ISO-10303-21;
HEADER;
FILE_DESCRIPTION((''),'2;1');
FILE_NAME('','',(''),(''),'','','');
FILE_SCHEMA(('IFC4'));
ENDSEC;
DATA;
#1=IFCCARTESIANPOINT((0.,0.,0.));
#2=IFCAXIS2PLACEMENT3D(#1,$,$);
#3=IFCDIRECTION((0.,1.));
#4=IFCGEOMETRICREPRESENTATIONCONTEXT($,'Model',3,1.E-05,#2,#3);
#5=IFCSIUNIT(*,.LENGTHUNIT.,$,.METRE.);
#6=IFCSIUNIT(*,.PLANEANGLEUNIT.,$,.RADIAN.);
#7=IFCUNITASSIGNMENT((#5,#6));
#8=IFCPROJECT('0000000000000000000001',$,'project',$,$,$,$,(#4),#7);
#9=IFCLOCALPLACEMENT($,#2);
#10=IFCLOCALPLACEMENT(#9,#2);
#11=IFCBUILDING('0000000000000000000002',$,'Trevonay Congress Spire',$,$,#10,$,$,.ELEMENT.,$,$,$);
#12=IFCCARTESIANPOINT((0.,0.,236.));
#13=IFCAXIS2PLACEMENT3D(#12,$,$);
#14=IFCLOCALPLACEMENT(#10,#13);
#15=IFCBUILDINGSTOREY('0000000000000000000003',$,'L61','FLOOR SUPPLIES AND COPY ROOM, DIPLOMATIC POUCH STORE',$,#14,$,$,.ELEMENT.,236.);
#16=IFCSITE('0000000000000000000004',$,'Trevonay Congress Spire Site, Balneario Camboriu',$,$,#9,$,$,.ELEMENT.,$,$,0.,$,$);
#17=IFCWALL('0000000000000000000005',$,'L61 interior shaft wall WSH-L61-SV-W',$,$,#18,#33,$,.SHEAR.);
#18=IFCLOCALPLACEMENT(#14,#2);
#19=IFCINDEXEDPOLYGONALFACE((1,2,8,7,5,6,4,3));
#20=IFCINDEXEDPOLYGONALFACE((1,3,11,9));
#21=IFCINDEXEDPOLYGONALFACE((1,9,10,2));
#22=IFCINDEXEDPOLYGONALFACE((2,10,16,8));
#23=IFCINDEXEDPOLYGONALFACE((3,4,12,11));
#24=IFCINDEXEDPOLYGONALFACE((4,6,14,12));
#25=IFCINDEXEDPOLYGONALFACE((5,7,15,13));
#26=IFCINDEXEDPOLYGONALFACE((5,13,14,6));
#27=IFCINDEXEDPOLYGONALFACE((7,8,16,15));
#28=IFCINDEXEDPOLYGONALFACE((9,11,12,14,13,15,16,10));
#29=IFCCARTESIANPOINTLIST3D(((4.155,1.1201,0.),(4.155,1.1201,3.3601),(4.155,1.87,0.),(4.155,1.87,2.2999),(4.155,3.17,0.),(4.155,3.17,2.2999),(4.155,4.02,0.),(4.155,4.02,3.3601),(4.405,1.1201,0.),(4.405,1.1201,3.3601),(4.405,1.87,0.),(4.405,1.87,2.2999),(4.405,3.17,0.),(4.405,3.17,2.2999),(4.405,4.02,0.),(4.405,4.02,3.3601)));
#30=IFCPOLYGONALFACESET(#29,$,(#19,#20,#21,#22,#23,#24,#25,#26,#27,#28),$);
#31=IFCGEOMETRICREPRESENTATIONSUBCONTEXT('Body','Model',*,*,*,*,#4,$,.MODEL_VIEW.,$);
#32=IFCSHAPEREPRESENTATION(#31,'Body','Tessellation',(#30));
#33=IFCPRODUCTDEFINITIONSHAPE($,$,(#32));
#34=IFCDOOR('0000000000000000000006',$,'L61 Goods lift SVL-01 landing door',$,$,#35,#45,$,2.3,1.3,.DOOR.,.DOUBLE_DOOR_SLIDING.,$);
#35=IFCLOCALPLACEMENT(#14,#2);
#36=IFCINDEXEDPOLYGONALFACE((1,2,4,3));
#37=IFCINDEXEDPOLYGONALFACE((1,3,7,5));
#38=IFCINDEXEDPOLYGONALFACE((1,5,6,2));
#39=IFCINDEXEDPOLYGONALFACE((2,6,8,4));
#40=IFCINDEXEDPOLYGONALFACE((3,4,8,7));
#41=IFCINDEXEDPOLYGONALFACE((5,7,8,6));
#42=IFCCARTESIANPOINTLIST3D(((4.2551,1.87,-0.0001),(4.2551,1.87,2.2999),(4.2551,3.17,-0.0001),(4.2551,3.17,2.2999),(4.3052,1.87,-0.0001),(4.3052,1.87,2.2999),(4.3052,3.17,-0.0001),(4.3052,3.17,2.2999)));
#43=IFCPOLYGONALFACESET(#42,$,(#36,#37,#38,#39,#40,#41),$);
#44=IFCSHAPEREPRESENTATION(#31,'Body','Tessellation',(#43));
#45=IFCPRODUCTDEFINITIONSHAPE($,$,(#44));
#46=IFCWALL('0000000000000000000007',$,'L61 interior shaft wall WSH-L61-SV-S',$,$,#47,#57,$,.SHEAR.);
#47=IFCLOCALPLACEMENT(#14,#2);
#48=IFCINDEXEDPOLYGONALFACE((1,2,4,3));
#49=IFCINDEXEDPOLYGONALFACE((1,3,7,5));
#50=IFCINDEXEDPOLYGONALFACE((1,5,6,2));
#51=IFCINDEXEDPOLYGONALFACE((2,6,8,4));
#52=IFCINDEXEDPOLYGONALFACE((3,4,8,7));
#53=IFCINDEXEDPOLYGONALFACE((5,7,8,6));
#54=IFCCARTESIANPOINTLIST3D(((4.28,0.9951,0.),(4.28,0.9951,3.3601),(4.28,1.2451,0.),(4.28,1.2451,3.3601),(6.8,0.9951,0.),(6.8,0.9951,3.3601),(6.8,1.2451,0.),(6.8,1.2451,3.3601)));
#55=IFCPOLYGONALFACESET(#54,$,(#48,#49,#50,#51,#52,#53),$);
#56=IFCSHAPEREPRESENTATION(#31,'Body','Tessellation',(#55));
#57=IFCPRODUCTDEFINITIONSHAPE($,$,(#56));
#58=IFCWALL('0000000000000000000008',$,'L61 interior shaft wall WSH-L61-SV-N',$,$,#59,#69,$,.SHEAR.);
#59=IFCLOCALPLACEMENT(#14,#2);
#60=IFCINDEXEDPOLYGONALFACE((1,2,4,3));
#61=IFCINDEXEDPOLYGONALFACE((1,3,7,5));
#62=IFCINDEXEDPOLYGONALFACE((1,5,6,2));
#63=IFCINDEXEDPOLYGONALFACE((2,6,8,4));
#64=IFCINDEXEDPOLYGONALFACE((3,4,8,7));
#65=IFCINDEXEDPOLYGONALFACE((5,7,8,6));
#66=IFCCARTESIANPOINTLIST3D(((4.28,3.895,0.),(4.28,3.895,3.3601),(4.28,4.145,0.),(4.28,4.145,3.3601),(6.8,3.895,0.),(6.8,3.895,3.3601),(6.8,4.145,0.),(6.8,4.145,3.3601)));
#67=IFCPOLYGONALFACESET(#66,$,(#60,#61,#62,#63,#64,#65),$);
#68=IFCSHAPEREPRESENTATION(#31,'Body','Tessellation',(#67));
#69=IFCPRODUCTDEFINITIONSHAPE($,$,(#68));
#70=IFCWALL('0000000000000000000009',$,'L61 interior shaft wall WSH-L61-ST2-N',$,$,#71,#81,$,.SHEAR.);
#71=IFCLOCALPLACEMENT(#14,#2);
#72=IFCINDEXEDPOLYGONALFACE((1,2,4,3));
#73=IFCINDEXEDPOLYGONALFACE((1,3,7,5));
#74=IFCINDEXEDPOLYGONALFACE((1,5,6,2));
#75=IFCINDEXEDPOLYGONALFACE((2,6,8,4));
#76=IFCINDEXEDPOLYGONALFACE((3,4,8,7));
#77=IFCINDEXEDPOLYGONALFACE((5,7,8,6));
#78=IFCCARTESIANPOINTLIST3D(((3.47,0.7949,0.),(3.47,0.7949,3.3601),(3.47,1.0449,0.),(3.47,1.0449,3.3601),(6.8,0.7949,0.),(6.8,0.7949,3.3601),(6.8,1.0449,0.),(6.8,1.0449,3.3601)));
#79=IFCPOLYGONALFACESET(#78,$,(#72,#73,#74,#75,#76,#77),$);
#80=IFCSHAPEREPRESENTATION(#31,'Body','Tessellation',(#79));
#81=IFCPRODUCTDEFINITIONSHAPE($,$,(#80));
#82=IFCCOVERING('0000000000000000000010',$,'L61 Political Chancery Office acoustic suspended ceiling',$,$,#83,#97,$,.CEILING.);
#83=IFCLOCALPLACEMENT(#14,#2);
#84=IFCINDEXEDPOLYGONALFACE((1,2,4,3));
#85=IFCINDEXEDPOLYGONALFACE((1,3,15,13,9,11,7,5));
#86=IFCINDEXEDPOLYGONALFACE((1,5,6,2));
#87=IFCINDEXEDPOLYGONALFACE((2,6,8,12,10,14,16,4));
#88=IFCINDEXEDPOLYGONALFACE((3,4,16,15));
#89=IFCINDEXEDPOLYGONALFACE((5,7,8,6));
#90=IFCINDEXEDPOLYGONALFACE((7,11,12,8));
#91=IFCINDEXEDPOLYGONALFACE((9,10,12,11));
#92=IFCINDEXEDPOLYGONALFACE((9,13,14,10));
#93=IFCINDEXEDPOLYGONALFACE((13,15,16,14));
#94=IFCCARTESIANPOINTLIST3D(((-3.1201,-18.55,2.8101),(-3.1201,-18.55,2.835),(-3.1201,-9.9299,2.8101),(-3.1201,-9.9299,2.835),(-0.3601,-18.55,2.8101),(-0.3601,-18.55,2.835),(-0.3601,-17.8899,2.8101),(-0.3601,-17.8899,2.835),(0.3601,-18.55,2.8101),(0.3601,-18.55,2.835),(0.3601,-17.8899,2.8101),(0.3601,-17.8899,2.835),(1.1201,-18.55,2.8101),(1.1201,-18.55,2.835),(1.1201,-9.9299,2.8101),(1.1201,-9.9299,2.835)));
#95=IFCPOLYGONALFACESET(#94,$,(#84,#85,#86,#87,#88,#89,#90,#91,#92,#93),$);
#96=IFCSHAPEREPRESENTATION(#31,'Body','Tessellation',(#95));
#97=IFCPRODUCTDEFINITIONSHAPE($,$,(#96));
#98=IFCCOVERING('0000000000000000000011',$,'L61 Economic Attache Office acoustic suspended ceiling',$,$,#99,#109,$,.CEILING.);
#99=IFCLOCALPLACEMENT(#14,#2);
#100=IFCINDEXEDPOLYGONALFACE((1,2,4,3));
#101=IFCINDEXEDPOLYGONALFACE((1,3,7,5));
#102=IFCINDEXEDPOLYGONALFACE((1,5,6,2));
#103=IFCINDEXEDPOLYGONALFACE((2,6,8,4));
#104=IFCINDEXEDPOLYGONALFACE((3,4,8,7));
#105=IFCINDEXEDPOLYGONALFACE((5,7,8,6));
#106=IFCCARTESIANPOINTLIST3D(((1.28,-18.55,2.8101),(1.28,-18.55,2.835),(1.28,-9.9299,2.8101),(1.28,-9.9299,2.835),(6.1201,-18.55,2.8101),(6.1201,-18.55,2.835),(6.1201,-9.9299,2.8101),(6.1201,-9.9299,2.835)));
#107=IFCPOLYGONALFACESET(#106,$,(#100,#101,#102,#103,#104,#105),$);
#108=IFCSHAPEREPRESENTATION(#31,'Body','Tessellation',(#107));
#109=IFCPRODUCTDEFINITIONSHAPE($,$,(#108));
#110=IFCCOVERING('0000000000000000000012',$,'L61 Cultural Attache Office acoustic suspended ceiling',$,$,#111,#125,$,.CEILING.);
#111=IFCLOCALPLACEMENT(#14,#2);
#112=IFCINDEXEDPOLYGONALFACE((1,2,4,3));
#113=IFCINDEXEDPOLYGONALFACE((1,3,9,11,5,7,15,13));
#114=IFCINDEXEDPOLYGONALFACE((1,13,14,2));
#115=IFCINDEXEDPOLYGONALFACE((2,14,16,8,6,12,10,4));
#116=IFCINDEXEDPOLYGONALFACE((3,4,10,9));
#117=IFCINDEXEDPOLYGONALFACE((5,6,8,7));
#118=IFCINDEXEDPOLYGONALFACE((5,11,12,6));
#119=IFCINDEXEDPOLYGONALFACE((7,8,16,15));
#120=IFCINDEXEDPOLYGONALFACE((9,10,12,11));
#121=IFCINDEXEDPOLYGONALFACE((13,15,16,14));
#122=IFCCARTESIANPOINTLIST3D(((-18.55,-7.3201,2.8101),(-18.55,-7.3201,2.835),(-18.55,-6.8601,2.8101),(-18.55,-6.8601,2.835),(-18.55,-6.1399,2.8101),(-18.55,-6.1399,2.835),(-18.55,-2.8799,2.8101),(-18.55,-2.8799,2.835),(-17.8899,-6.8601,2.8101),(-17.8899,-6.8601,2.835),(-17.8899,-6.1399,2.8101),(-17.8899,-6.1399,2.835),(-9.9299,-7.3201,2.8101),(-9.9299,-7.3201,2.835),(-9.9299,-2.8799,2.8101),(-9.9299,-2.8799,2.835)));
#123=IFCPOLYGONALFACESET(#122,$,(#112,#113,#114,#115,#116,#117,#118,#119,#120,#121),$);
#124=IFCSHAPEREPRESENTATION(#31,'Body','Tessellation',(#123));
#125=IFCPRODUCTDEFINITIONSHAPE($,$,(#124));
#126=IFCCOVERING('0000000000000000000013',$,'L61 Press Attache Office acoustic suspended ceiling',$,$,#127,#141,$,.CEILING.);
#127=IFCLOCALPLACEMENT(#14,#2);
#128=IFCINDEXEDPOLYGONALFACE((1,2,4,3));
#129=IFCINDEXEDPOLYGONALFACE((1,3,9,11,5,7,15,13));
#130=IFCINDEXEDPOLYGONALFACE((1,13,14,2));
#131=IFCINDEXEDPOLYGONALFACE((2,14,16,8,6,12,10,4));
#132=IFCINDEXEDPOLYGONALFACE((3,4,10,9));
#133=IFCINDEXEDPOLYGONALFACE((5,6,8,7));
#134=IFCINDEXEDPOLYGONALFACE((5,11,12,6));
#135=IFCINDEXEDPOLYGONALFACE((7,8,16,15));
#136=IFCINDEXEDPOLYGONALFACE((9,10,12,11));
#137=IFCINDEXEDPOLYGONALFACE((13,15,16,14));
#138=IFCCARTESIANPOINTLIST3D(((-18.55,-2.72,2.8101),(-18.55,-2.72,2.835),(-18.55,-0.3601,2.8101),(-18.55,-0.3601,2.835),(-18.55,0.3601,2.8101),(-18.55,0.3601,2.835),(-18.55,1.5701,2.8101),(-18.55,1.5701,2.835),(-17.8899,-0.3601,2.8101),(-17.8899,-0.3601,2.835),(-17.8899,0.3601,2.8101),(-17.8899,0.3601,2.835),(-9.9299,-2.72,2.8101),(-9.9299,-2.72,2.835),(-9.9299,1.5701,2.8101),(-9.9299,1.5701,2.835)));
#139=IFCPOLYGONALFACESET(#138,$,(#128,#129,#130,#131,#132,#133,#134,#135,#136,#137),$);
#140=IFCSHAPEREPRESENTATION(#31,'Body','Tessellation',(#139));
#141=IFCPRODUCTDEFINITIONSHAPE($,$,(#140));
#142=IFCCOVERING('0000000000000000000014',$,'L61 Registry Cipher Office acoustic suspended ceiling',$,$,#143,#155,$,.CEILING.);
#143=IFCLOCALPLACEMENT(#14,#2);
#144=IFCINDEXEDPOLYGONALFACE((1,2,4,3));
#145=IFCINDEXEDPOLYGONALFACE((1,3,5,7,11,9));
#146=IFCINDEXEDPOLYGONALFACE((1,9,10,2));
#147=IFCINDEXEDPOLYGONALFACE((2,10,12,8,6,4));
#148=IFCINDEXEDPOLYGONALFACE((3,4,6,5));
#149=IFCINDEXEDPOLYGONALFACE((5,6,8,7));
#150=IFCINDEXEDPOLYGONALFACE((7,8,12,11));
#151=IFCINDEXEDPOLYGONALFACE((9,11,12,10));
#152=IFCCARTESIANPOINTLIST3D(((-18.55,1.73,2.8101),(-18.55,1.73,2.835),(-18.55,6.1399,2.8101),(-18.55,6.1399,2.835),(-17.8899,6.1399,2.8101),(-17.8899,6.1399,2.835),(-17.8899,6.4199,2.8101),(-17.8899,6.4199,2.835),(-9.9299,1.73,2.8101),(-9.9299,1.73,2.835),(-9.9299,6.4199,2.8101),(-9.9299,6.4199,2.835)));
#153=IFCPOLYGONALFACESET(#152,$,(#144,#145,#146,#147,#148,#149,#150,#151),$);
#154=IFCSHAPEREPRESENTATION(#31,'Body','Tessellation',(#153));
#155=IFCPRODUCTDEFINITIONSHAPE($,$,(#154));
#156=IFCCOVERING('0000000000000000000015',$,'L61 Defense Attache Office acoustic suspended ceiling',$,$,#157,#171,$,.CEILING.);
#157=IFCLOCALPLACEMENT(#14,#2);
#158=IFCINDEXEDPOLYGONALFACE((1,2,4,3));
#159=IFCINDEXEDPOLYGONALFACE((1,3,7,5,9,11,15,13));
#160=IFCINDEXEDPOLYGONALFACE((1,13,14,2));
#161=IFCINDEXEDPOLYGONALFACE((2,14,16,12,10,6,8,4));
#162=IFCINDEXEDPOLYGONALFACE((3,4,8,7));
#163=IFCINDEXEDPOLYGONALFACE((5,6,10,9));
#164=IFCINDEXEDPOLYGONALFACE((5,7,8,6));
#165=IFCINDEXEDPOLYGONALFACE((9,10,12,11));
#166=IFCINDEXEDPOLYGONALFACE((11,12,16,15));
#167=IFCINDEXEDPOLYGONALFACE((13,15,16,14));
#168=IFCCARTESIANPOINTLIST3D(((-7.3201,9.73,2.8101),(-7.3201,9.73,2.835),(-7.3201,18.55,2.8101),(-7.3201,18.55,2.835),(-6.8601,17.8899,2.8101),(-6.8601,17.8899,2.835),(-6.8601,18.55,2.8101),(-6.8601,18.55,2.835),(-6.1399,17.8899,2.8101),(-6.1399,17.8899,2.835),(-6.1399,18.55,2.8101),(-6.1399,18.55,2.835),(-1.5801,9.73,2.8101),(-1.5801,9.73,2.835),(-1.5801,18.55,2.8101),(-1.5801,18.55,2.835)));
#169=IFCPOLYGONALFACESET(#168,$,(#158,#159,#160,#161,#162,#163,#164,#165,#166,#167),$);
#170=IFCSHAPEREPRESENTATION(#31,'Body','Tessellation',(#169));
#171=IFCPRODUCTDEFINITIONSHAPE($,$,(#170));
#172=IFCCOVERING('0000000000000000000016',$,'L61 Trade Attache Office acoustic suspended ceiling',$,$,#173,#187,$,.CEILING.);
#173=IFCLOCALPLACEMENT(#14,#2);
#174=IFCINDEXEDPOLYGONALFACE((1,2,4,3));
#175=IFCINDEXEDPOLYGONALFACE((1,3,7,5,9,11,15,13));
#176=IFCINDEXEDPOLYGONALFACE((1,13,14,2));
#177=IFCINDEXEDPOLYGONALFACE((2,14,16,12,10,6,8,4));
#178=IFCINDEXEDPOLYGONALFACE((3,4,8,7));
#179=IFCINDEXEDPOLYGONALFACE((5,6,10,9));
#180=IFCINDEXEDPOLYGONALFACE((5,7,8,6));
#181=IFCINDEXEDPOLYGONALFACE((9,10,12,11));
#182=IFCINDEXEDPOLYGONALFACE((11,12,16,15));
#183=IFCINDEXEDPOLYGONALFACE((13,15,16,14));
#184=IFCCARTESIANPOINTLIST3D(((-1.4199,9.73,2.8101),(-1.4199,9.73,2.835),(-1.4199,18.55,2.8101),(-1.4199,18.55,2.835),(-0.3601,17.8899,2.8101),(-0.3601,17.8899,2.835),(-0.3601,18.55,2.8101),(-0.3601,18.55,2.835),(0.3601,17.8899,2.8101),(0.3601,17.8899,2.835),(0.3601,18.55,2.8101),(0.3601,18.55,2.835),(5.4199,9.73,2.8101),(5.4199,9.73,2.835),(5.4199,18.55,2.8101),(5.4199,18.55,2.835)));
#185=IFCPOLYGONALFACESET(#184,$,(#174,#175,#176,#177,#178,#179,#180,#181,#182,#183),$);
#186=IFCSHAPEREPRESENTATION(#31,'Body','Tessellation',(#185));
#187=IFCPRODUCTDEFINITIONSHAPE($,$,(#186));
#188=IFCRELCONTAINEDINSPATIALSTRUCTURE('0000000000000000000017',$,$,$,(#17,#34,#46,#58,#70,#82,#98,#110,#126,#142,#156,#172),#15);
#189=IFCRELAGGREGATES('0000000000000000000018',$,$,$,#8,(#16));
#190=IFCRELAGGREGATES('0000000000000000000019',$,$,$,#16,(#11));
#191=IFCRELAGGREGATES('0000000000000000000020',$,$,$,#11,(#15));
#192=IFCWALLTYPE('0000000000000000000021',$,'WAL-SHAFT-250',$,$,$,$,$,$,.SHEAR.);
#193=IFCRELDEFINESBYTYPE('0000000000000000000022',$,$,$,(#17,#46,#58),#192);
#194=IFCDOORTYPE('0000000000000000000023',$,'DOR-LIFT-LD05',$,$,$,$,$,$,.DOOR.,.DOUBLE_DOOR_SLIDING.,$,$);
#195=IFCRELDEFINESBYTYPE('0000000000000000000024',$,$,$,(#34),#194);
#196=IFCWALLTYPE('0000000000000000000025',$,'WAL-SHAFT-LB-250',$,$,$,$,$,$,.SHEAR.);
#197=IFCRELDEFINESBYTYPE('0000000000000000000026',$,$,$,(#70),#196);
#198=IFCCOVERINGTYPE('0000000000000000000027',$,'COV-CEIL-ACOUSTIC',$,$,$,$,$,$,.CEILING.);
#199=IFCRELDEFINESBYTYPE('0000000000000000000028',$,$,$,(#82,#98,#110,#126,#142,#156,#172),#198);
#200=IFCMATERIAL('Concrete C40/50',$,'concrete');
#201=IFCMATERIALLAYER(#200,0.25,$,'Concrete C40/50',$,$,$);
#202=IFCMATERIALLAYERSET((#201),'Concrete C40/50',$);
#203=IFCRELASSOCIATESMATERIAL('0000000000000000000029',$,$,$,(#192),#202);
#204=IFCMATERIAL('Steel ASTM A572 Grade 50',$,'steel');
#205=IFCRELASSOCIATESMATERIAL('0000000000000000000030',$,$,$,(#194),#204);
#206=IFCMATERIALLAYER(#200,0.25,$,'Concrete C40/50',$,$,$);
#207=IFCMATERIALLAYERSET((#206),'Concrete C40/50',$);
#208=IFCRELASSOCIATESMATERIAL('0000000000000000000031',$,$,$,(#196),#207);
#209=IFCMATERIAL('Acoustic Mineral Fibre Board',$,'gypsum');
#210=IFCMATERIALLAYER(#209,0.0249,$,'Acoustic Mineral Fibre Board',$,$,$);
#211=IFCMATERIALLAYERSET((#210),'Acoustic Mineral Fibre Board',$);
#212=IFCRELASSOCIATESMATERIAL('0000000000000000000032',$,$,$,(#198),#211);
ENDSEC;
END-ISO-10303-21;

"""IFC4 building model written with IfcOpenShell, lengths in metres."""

from ifc_helpers import new_model, si_unit, direction, frame, frame_2d, origin, place, context, subcontext, project, spatial, polyline, rectangle, outline, extrude, material, layer, layer_set, type_object, element, fill, save


model = new_model("IFC4")

# Units and contexts
model_context = context("Model", 3, precision=1e-05, world=origin(), true_north=direction((0.0, 1.0)))
body_context = subcontext(model_context, "Body", "Model", "MODEL_VIEW")
ifc_project = project(units=[si_unit("LENGTHUNIT", "METRE"), si_unit("PLANEANGLEUNIT", "RADIAN")], contexts=[model_context])

# Site, building, storey
site_placement = place(None, origin())
site = spatial("IfcSite", under=ifc_project, at=site_placement, Name="Trevonay Congress Spire Site, Balneario Camboriu", CompositionType="ELEMENT", RefElevation=0.0)
building_placement = place(site_placement, origin())
building = spatial("IfcBuilding", under=site, at=building_placement, Name="Trevonay Congress Spire", CompositionType="ELEMENT")
storey_placement = place(building_placement, frame((0.0, 0.0, 236.0)))
storey = spatial("IfcBuildingStorey", under=building, at=storey_placement, Name="L61", Description="FLOOR SUPPLIES AND COPY ROOM, DIPLOMATIC POUCH STORE", CompositionType="ELEMENT", Elevation=236.0)

# Shared definitions
ifc_material_1 = material(Name="Steel ASTM A572 Grade 50", Category="steel")

# Shared definitions
ifc_material_2 = material(Name="Concrete C40/50", Category="concrete")
ifc_layer_1 = layer(ifc_material_2, 0.25, Name="Concrete C40/50")
ifc_layer_set_1 = layer_set([ifc_layer_1], Name="Concrete C40/50")
wall_type_1 = type_object("IfcWallType", Name="WAL-SHAFT-250", PredefinedType="SHEAR", material=ifc_layer_set_1)

# Wall, opening, door
wall_1_placement = place(storey_placement, frame((4.28, 1.1201, 0.0), z_axis=(0.0, 0.0, 1.0), x_axis=(0.0, 1.0, 0.0)))
wall_1 = element("IfcWall", 1, at=wall_1_placement, inside=storey, type_object=wall_type_1, Name="L61 interior shaft wall WSH-L61-SV-W", PredefinedType="SHEAR", context=body_context, shape_type="SweptSolid", body=[
    extrude(rectangle(XDim=2.8999, YDim=0.25, at=frame_2d((1.45, 0.0))), origin(), (0.0, 0.0, 1.0), 3.3601),
])
opening_placement = place(wall_1_placement, frame((0.75, 0.0, 0.0)))
opening = element("IfcOpeningElement", 2, at=opening_placement, cuts=wall_1, PredefinedType="OPENING", context=body_context, shape_type="SweptSolid", body=[
    extrude(rectangle(XDim=1.3, YDim=2.3, at=frame_2d((0.6499, 1.1499))), frame((0.0, 0.135, 0.0), z_axis=(0.0, -1.0, 0.0), x_axis=(1.0, 0.0, 0.0)), (0.0, 0.0, 1.0), 0.27),
])
door_type = type_object("IfcDoorType", Name="DOR-LIFT-LD05", OperationType="DOUBLE_DOOR_SLIDING", PredefinedType="DOOR", material=ifc_material_1)
door_placement = place(opening_placement, origin())
door = element("IfcDoor", 3, at=door_placement, inside=storey, type_object=door_type, Name="L61 Goods lift SVL-01 landing door", OperationType="DOUBLE_DOOR_SLIDING", OverallHeight=2.3, OverallWidth=1.3, PredefinedType="DOOR", context=body_context, shape_type="SweptSolid", body=[
    extrude(rectangle(XDim=1.3, YDim=2.3, at=frame_2d((0.6499, 1.1499))), frame((0.0, 0.0249, 0.0), z_axis=(0.0, -1.0, 0.0), x_axis=(1.0, 0.0, 0.0)), (0.0, 0.0, 1.0), 0.05),
])
fill(opening, door)

# Walls
for number, where, z_axis, x_axis, name in (
    (4, (4.28, 1.1201, 0.0), (0.0, 0.0, 1.0), (1.0, 0.0, 0.0), "L61 interior shaft wall WSH-L61-SV-S"),
    (5, (4.28, 4.02, 0.0), (0.0, 0.0, 1.0), (1.0, 0.0, 0.0), "L61 interior shaft wall WSH-L61-SV-N"),
):
    element("IfcWall", number, at=place(storey_placement, frame(where, z_axis=z_axis, x_axis=x_axis)), inside=storey, type_object=wall_type_1, Name=name, PredefinedType="SHEAR", context=body_context, shape_type="SweptSolid", body=[
        extrude(rectangle(XDim=2.52, YDim=0.25, at=frame_2d((1.26, 0.0))), origin(), (0.0, 0.0, 1.0), 3.3601),
    ])
ifc_layer_2 = layer(ifc_material_2, 0.25, Name="Concrete C40/50")
ifc_layer_set_2 = layer_set([ifc_layer_2], Name="Concrete C40/50")
wall_type_2 = type_object("IfcWallType", Name="WAL-SHAFT-LB-250", PredefinedType="SHEAR", material=ifc_layer_set_2)
wall_2_placement = place(storey_placement, frame((3.47, 0.9199, 0.0), z_axis=(0.0, 0.0, 1.0), x_axis=(1.0, 0.0, 0.0)))
element("IfcWall", 6, at=wall_2_placement, inside=storey, type_object=wall_type_2, Name="L61 interior shaft wall WSH-L61-ST2-N", PredefinedType="SHEAR", context=body_context, shape_type="SweptSolid", body=[
    extrude(rectangle(XDim=3.3301, YDim=0.25, at=frame_2d((1.665, 0.0))), origin(), (0.0, 0.0, 1.0), 3.3601),
])

# Coverings
ifc_material_3 = material(Name="Acoustic Mineral Fibre Board", Category="gypsum")
ifc_layer_3 = layer(ifc_material_3, 0.0249, Name="Acoustic Mineral Fibre Board")
ifc_layer_set_3 = layer_set([ifc_layer_3], Name="Acoustic Mineral Fibre Board")
covering_type_1 = type_object("IfcCoveringType", Name="COV-CEIL-ACOUSTIC", PredefinedType="CEILING", material=ifc_layer_set_3)
covering_1_placement = place(storey_placement, frame((0.0, 0.0, 2.8101)))
element("IfcCovering", 7, at=covering_1_placement, inside=storey, type_object=covering_type_1, Name="L61 Political Chancery Office acoustic suspended ceiling", PredefinedType="CEILING", context=body_context, shape_type="SweptSolid", body=[
    extrude(outline(polyline([(-3.1201, -18.55), (-3.1201, -9.9299), (1.1201, -9.9299), (1.1201, -18.55), (0.3601, -18.55), (0.3601, -17.8899), (-0.3601, -17.8899), (-0.3601, -18.55), (-3.1201, -18.55)])), origin(), (0.0, 0.0, 1.0), 0.0249),
])
covering_2_placement = place(storey_placement, frame((0.0, 0.0, 2.8101)))
element("IfcCovering", 8, at=covering_2_placement, inside=storey, type_object=covering_type_1, Name="L61 Economic Attache Office acoustic suspended ceiling", PredefinedType="CEILING", context=body_context, shape_type="SweptSolid", body=[
    extrude(outline(polyline([(1.28, -18.55), (6.1201, -18.55), (6.1201, -9.9299), (1.28, -9.9299), (1.28, -18.55)])), origin(), (0.0, 0.0, 1.0), 0.0249),
])
covering_3_placement = place(storey_placement, frame((0.0, 0.0, 2.8101)))
element("IfcCovering", 9, at=covering_3_placement, inside=storey, type_object=covering_type_1, Name="L61 Cultural Attache Office acoustic suspended ceiling", PredefinedType="CEILING", context=body_context, shape_type="SweptSolid", body=[
    extrude(outline(polyline([(-18.55, -2.8799), (-9.9299, -2.8799), (-9.9299, -7.3201), (-18.55, -7.3201), (-18.55, -6.8601), (-17.8899, -6.8601), (-17.8899, -6.1399), (-18.55, -6.1399), (-18.55, -2.8799)])), origin(), (0.0, 0.0, 1.0), 0.0249),
])
covering_4_placement = place(storey_placement, frame((0.0, 0.0, 2.8101)))
element("IfcCovering", 10, at=covering_4_placement, inside=storey, type_object=covering_type_1, Name="L61 Press Attache Office acoustic suspended ceiling", PredefinedType="CEILING", context=body_context, shape_type="SweptSolid", body=[
    extrude(outline(polyline([(-18.55, 1.5701), (-9.9299, 1.5701), (-9.9299, -2.72), (-18.55, -2.72), (-18.55, -0.3601), (-17.8899, -0.3601), (-17.8899, 0.3601), (-18.55, 0.3601), (-18.55, 1.5701)])), origin(), (0.0, 0.0, 1.0), 0.0249),
])
covering_5_placement = place(storey_placement, frame((0.0, 0.0, 2.8101)))
element("IfcCovering", 11, at=covering_5_placement, inside=storey, type_object=covering_type_1, Name="L61 Registry Cipher Office acoustic suspended ceiling", PredefinedType="CEILING", context=body_context, shape_type="SweptSolid", body=[
    extrude(outline(polyline([(-9.9299, 6.4199), (-9.9299, 1.73), (-18.55, 1.73), (-18.55, 6.1399), (-17.8899, 6.1399), (-17.8899, 6.4199), (-9.9299, 6.4199)])), origin(), (0.0, 0.0, 1.0), 0.0249),
])
covering_6_placement = place(storey_placement, frame((0.0, 0.0, 2.8101)))
element("IfcCovering", 12, at=covering_6_placement, inside=storey, type_object=covering_type_1, Name="L61 Defense Attache Office acoustic suspended ceiling", PredefinedType="CEILING", context=body_context, shape_type="SweptSolid", body=[
    extrude(outline(polyline([(-1.5801, 18.55), (-1.5801, 9.73), (-7.3201, 9.73), (-7.3201, 18.55), (-6.8601, 18.55), (-6.8601, 17.8899), (-6.1399, 17.8899), (-6.1399, 18.55), (-1.5801, 18.55)])), origin(), (0.0, 0.0, 1.0), 0.0249),
])
covering_7_placement = place(storey_placement, frame((0.0, 0.0, 2.8101)))
element("IfcCovering", 13, at=covering_7_placement, inside=storey, type_object=covering_type_1, Name="L61 Trade Attache Office acoustic suspended ceiling", PredefinedType="CEILING", context=body_context, shape_type="SweptSolid", body=[
    extrude(outline(polyline([(5.4199, 18.55), (5.4199, 9.73), (-1.4199, 9.73), (-1.4199, 18.55), (-0.3601, 18.55), (-0.3601, 17.8899), (0.3601, 17.8899), (0.3601, 18.55), (5.4199, 18.55)])), origin(), (0.0, 0.0, 1.0), 0.0249),
])

save(model, "model.ifc")
